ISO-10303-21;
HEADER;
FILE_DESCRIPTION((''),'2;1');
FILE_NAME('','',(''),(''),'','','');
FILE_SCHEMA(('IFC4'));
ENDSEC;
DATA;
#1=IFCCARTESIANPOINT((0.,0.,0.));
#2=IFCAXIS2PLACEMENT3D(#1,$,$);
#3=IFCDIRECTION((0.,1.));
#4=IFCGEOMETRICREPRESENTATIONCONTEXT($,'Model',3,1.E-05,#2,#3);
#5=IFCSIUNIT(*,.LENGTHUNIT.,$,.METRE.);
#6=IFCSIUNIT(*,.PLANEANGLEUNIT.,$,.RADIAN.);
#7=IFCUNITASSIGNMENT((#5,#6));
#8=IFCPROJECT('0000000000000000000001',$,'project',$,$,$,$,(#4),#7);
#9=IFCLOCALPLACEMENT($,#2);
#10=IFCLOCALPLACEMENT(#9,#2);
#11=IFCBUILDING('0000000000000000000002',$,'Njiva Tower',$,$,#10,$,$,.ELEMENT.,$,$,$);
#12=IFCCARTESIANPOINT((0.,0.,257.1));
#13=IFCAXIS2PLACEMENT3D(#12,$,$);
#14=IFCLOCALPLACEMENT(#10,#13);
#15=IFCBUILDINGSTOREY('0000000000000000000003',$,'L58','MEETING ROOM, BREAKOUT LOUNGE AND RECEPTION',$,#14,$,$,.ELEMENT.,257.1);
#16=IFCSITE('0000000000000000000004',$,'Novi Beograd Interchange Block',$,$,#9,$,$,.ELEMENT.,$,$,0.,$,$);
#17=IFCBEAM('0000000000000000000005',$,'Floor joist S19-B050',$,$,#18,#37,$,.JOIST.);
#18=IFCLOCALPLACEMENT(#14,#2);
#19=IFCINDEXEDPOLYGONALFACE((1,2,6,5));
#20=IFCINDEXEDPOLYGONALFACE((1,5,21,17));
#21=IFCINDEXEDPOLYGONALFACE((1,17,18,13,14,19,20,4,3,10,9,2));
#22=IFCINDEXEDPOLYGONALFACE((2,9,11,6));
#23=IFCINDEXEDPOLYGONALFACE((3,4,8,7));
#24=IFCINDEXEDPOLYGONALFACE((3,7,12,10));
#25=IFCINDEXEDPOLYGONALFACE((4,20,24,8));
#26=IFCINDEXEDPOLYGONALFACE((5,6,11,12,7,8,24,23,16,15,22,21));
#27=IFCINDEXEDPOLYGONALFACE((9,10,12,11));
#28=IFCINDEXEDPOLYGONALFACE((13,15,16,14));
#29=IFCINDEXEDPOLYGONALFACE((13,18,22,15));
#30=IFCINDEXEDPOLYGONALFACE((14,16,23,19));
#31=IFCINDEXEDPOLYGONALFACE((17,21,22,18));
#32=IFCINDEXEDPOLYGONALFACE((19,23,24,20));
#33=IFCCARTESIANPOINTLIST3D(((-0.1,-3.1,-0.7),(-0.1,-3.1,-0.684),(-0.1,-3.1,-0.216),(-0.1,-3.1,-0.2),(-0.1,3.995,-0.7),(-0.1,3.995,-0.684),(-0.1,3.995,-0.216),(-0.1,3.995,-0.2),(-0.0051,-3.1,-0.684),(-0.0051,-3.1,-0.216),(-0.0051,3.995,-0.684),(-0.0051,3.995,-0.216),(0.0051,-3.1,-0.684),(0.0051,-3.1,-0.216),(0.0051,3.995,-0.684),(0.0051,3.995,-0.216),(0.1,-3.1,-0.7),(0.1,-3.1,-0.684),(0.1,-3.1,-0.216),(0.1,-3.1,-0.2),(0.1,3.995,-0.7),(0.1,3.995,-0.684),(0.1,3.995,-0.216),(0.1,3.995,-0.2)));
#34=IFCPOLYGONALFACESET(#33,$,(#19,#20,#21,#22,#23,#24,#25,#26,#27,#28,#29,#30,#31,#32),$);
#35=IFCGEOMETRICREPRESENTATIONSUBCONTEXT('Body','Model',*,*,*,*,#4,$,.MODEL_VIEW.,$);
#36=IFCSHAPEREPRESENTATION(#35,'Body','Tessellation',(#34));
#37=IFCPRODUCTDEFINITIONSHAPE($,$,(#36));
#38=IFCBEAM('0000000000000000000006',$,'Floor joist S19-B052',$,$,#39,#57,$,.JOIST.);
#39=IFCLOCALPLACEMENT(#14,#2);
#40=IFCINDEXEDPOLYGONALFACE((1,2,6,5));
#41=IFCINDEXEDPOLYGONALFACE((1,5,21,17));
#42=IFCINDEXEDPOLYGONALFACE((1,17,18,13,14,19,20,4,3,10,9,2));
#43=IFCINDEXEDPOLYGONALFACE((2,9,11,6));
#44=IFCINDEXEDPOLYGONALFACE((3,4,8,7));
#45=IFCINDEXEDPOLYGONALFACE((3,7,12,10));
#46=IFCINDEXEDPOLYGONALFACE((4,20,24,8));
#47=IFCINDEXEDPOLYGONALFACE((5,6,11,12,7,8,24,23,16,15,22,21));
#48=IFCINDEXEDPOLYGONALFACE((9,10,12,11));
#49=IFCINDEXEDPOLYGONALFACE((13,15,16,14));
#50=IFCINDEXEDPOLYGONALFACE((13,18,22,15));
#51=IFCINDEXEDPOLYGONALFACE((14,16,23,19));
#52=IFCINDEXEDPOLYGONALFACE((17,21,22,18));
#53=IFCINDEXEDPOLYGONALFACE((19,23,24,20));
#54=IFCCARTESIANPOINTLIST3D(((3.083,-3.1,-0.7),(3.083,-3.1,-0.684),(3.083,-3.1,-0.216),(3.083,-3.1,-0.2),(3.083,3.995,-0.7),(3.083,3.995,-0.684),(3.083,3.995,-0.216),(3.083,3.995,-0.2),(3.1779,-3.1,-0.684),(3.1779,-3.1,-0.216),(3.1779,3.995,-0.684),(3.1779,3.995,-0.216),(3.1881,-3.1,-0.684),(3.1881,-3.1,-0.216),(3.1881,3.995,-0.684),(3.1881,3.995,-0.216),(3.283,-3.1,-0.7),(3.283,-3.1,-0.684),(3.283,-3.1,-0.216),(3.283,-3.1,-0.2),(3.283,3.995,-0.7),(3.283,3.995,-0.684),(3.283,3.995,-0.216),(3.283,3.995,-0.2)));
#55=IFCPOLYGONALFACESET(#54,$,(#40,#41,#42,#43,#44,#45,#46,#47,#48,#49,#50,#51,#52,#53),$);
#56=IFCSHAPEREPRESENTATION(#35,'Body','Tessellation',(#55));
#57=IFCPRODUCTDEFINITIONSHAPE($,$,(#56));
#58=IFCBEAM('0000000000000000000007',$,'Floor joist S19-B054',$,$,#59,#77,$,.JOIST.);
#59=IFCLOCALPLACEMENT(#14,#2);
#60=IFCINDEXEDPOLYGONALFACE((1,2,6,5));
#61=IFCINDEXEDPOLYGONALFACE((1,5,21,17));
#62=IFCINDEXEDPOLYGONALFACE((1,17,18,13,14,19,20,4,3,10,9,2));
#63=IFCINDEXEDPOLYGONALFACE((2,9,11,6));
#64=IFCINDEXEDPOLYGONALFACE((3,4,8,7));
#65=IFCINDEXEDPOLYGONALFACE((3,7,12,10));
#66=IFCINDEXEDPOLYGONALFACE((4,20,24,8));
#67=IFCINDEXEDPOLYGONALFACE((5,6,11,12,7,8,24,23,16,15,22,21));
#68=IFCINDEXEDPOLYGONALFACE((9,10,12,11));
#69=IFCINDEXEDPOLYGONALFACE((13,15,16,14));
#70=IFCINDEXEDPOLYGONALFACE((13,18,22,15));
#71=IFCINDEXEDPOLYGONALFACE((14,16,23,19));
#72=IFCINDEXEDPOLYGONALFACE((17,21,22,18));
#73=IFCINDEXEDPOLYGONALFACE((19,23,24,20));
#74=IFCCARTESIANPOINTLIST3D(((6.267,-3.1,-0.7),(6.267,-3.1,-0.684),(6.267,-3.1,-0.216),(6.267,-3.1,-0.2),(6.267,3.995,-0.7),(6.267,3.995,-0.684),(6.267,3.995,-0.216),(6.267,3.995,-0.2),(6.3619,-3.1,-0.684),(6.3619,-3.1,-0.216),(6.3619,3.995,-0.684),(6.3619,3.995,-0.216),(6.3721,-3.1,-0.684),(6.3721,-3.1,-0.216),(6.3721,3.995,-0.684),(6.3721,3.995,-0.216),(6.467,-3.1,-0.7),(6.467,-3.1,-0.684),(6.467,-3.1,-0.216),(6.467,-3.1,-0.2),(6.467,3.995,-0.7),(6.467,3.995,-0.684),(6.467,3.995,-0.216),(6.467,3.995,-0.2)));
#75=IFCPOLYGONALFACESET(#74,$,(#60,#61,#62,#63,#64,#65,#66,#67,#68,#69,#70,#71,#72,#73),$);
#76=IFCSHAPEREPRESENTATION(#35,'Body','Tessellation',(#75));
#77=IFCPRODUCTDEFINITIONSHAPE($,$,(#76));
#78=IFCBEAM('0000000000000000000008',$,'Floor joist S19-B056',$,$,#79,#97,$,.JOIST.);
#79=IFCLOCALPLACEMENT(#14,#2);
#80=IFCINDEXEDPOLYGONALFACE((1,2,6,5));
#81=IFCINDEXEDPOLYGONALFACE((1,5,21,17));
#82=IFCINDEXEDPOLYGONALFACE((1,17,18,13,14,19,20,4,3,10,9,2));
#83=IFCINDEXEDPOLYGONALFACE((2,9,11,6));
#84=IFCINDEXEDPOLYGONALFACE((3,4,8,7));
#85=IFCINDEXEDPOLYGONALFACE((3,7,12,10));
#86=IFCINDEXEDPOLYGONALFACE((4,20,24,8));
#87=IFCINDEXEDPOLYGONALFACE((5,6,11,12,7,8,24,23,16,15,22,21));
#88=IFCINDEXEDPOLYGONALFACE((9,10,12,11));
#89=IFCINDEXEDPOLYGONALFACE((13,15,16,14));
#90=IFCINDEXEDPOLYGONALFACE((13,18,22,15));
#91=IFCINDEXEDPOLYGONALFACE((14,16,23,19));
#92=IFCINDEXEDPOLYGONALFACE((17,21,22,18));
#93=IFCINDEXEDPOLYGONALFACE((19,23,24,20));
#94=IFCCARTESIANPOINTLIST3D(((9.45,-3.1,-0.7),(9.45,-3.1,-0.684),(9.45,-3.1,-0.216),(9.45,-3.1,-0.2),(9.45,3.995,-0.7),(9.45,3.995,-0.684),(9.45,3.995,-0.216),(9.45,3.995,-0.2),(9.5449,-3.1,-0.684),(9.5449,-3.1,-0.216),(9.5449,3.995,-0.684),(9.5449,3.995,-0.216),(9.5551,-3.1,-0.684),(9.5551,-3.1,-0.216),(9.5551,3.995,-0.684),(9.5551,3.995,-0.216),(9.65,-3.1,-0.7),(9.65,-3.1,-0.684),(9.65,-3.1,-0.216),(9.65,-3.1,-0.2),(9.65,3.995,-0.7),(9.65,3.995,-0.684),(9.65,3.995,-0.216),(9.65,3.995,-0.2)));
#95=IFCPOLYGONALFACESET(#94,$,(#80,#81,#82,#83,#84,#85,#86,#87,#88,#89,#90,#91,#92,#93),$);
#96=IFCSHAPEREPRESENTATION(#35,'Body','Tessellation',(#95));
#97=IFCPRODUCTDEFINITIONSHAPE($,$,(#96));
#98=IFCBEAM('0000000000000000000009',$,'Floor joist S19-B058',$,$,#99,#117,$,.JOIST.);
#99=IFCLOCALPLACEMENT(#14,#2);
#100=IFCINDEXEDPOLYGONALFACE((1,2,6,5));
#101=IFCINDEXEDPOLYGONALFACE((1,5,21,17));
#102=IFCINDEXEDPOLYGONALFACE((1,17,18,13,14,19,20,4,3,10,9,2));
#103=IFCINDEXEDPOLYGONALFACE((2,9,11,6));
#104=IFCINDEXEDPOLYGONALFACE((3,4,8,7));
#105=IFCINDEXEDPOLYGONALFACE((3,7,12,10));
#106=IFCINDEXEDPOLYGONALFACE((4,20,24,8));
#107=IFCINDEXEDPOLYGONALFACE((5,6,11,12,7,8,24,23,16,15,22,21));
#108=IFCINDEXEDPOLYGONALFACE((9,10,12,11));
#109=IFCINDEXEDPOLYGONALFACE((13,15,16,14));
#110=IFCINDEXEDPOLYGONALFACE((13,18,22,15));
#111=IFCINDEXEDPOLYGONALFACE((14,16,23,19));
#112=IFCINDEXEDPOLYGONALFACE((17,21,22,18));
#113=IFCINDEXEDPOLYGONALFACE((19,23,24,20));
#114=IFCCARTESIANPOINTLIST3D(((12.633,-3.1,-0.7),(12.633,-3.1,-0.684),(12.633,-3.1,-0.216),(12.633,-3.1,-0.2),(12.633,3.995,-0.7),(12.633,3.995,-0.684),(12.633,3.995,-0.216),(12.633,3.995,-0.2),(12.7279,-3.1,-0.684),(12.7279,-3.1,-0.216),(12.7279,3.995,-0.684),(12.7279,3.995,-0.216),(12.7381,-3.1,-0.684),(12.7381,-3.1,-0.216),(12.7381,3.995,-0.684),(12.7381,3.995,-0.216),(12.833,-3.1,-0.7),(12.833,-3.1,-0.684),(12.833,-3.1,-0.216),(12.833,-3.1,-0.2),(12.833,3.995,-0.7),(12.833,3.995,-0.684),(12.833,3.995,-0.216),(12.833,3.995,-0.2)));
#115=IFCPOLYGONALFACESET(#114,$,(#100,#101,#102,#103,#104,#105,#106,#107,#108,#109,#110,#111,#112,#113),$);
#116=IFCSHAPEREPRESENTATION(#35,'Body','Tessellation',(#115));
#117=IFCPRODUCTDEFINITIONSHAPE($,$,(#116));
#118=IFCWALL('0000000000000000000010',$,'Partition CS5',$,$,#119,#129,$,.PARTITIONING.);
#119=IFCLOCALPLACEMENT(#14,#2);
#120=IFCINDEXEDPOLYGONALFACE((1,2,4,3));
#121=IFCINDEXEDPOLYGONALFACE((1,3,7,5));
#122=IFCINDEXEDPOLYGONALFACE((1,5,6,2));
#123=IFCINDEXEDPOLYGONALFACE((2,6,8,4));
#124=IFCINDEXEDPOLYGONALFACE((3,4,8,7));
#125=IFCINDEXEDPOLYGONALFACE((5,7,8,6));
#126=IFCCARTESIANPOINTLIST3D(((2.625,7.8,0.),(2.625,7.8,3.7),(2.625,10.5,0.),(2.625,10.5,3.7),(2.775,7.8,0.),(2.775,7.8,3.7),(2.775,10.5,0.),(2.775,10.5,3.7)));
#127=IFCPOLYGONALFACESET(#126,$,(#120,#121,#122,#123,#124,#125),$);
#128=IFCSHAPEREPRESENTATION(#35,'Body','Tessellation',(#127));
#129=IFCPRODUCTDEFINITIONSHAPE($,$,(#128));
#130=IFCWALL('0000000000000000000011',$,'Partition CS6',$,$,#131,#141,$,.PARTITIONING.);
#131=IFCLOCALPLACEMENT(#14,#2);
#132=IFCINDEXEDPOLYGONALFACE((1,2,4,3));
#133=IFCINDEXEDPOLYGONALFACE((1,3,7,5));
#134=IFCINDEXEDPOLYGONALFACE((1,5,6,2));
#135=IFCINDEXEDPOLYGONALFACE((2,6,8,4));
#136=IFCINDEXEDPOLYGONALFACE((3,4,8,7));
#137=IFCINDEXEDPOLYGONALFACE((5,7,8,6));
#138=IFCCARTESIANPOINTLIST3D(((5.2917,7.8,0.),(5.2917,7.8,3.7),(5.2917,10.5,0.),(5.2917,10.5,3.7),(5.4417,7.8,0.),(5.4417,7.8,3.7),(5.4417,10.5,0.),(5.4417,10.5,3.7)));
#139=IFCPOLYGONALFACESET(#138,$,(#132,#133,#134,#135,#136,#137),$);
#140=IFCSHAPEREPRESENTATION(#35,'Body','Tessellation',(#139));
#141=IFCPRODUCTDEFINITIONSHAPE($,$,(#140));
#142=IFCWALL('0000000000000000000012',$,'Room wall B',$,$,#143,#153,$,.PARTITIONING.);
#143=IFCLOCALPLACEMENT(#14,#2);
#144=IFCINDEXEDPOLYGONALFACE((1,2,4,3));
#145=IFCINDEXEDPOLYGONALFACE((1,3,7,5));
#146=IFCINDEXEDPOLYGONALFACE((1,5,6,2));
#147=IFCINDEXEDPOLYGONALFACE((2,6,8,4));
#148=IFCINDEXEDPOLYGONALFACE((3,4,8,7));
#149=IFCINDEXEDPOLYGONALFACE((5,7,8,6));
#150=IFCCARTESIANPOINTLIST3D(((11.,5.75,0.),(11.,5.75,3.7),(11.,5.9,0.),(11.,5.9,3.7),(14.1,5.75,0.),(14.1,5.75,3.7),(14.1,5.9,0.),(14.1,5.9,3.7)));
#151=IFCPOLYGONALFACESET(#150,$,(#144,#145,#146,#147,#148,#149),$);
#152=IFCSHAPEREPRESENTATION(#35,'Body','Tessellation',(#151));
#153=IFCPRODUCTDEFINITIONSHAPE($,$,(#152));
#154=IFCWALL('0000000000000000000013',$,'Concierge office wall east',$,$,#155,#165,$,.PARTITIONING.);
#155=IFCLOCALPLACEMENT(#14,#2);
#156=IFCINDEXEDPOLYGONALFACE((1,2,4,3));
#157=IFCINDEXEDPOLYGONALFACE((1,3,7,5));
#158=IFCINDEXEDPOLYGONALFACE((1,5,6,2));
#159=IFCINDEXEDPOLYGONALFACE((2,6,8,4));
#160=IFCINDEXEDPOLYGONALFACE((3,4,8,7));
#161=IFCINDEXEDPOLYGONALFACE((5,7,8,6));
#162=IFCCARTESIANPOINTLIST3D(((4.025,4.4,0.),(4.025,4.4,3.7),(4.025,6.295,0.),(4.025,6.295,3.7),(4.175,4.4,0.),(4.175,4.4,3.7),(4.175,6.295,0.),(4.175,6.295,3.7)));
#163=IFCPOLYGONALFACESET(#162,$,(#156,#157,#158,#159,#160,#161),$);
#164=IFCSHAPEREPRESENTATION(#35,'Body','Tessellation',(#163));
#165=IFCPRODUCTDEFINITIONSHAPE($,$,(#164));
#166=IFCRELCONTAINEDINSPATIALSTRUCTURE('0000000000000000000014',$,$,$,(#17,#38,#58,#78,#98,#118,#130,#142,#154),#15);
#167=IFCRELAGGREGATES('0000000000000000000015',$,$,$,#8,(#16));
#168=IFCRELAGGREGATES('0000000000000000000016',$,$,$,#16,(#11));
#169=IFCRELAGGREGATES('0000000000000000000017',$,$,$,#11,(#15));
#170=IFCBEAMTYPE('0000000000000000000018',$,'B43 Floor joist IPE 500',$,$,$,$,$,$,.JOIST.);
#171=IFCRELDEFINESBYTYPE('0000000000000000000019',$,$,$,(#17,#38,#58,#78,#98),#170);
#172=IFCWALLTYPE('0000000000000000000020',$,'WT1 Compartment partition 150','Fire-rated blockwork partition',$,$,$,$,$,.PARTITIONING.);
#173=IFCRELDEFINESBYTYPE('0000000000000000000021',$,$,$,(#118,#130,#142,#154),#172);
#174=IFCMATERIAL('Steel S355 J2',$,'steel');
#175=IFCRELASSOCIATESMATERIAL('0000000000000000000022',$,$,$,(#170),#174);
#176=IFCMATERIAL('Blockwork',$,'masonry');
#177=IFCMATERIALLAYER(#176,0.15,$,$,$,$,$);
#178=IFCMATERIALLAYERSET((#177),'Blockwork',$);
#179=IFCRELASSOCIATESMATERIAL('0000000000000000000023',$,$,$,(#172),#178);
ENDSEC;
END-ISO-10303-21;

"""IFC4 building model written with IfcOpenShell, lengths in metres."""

from ifc_helpers import new_model, si_unit, direction, frame, frame_2d, origin, origin_2d, place, context, subcontext, project, spatial, rectangle, i_section, extrude, material, layer, layer_set, material_profile, profile_set, type_object, element, save


model = new_model("IFC4")

# Units and contexts
model_context = context("Model", 3, precision=1e-05, world=origin(), true_north=direction((0.0, 1.0)))
body_context = subcontext(model_context, "Body", "Model", "MODEL_VIEW")
ifc_project = project(units=[si_unit("LENGTHUNIT", "METRE"), si_unit("PLANEANGLEUNIT", "RADIAN")], contexts=[model_context])

# Site, building, storey
site_placement = place(None, origin())
site = spatial("IfcSite", under=ifc_project, at=site_placement, Name="Novi Beograd Interchange Block", CompositionType="ELEMENT", RefElevation=0.0)
building_placement = place(site_placement, origin())
building = spatial("IfcBuilding", under=site, at=building_placement, Name="Njiva Tower", CompositionType="ELEMENT")
storey_placement = place(building_placement, frame((0.0, 0.0, 257.1)))
storey = spatial("IfcBuildingStorey", under=building, at=storey_placement, Name="L58", Description="MEETING ROOM, BREAKOUT LOUNGE AND RECEPTION", CompositionType="ELEMENT", Elevation=257.1)

# Beams
ifc_material_1 = material(Name="Steel S355 J2", Category="steel")
ifc_material_profile = material_profile(ifc_material_1, i_section(OverallWidth=0.2, OverallDepth=0.5, WebThickness=0.0102, FlangeThickness=0.016, at=origin_2d()), Name="IPE 500")
ifc_profile_set = profile_set([ifc_material_profile], Name="Steel S355 J2")
beam_type = type_object("IfcBeamType", Name="B43 Floor joist IPE 500", PredefinedType="JOIST", material=ifc_profile_set)
for number, where, z_axis, x_axis, name in (
    (1, (0.0, 3.995, -0.45), (0.0, -1.0, 0.0), (1.0, 0.0, 0.0), "Floor joist S19-B050"),
    (2, (3.183, 3.995, -0.45), (0.0, -1.0, 0.0), (1.0, 0.0, 0.0), "Floor joist S19-B052"),
    (3, (6.367, 3.995, -0.45), (0.0, -1.0, 0.0), (1.0, 0.0, 0.0), "Floor joist S19-B054"),
    (4, (9.55, 3.995, -0.45), (0.0, -1.0, 0.0), (1.0, 0.0, 0.0), "Floor joist S19-B056"),
    (5, (12.733, 3.995, -0.45), (0.0, -1.0, 0.0), (1.0, 0.0, 0.0), "Floor joist S19-B058"),
):
    element("IfcBeam", number, at=place(storey_placement, frame(where, z_axis=z_axis, x_axis=x_axis)), inside=storey, type_object=beam_type, Name=name, PredefinedType="JOIST", context=body_context, shape_type="SweptSolid", body=[
        extrude(i_section(OverallWidth=0.2, OverallDepth=0.5, WebThickness=0.0102, FlangeThickness=0.016, at=origin_2d()), origin(), (0.0, 0.0, 1.0), 7.095),
    ])

# Walls
ifc_material_2 = material(Name="Blockwork", Category="masonry")
ifc_layer_1 = layer(ifc_material_2, 0.15)
ifc_layer_set_1 = layer_set([ifc_layer_1], Name="Blockwork")
wall_type_1 = type_object("IfcWallType", Name="WT1 Compartment partition 150", Description="Fire-rated blockwork partition", PredefinedType="PARTITIONING", material=ifc_layer_set_1)
for number, where, z_axis, x_axis, name in (
    (6, (2.7, 7.8, 0.0), (0.0, 0.0, 1.0), (0.0, 1.0, 0.0), "Partition CS5"),
    (7, (5.3667, 7.8, 0.0), (0.0, 0.0, 1.0), (0.0, 1.0, 0.0), "Partition CS6"),
):
    element("IfcWall", number, at=place(storey_placement, frame(where, z_axis=z_axis, x_axis=x_axis)), inside=storey, type_object=wall_type_1, Name=name, PredefinedType="PARTITIONING", context=body_context, shape_type="SweptSolid", body=[
        extrude(rectangle(XDim=2.7, YDim=0.15, at=frame_2d((1.35, 0.0))), origin(), (0.0, 0.0, 1.0), 3.7),
    ])
wall_1_placement = place(storey_placement, frame((11.0, 5.825, 0.0), z_axis=(0.0, 0.0, 1.0), x_axis=(1.0, 0.0, 0.0)))
element("IfcWall", 8, at=wall_1_placement, inside=storey, type_object=wall_type_1, Name="Room wall B", PredefinedType="PARTITIONING", context=body_context, shape_type="SweptSolid", body=[
    extrude(rectangle(XDim=3.1, YDim=0.15, at=frame_2d((1.55, 0.0))), origin(), (0.0, 0.0, 1.0), 3.7),
])
wall_2_placement = place(storey_placement, frame((4.1, 4.4, 0.0), z_axis=(0.0, 0.0, 1.0), x_axis=(0.0, 1.0, 0.0)))
element("IfcWall", 9, at=wall_2_placement, inside=storey, type_object=wall_type_1, Name="Concierge office wall east", PredefinedType="PARTITIONING", context=body_context, shape_type="SweptSolid", body=[
    extrude(rectangle(XDim=1.895, YDim=0.15, at=frame_2d((0.9475, 0.0))), origin(), (0.0, 0.0, 1.0), 3.7),
])

save(model, "model.ifc")
